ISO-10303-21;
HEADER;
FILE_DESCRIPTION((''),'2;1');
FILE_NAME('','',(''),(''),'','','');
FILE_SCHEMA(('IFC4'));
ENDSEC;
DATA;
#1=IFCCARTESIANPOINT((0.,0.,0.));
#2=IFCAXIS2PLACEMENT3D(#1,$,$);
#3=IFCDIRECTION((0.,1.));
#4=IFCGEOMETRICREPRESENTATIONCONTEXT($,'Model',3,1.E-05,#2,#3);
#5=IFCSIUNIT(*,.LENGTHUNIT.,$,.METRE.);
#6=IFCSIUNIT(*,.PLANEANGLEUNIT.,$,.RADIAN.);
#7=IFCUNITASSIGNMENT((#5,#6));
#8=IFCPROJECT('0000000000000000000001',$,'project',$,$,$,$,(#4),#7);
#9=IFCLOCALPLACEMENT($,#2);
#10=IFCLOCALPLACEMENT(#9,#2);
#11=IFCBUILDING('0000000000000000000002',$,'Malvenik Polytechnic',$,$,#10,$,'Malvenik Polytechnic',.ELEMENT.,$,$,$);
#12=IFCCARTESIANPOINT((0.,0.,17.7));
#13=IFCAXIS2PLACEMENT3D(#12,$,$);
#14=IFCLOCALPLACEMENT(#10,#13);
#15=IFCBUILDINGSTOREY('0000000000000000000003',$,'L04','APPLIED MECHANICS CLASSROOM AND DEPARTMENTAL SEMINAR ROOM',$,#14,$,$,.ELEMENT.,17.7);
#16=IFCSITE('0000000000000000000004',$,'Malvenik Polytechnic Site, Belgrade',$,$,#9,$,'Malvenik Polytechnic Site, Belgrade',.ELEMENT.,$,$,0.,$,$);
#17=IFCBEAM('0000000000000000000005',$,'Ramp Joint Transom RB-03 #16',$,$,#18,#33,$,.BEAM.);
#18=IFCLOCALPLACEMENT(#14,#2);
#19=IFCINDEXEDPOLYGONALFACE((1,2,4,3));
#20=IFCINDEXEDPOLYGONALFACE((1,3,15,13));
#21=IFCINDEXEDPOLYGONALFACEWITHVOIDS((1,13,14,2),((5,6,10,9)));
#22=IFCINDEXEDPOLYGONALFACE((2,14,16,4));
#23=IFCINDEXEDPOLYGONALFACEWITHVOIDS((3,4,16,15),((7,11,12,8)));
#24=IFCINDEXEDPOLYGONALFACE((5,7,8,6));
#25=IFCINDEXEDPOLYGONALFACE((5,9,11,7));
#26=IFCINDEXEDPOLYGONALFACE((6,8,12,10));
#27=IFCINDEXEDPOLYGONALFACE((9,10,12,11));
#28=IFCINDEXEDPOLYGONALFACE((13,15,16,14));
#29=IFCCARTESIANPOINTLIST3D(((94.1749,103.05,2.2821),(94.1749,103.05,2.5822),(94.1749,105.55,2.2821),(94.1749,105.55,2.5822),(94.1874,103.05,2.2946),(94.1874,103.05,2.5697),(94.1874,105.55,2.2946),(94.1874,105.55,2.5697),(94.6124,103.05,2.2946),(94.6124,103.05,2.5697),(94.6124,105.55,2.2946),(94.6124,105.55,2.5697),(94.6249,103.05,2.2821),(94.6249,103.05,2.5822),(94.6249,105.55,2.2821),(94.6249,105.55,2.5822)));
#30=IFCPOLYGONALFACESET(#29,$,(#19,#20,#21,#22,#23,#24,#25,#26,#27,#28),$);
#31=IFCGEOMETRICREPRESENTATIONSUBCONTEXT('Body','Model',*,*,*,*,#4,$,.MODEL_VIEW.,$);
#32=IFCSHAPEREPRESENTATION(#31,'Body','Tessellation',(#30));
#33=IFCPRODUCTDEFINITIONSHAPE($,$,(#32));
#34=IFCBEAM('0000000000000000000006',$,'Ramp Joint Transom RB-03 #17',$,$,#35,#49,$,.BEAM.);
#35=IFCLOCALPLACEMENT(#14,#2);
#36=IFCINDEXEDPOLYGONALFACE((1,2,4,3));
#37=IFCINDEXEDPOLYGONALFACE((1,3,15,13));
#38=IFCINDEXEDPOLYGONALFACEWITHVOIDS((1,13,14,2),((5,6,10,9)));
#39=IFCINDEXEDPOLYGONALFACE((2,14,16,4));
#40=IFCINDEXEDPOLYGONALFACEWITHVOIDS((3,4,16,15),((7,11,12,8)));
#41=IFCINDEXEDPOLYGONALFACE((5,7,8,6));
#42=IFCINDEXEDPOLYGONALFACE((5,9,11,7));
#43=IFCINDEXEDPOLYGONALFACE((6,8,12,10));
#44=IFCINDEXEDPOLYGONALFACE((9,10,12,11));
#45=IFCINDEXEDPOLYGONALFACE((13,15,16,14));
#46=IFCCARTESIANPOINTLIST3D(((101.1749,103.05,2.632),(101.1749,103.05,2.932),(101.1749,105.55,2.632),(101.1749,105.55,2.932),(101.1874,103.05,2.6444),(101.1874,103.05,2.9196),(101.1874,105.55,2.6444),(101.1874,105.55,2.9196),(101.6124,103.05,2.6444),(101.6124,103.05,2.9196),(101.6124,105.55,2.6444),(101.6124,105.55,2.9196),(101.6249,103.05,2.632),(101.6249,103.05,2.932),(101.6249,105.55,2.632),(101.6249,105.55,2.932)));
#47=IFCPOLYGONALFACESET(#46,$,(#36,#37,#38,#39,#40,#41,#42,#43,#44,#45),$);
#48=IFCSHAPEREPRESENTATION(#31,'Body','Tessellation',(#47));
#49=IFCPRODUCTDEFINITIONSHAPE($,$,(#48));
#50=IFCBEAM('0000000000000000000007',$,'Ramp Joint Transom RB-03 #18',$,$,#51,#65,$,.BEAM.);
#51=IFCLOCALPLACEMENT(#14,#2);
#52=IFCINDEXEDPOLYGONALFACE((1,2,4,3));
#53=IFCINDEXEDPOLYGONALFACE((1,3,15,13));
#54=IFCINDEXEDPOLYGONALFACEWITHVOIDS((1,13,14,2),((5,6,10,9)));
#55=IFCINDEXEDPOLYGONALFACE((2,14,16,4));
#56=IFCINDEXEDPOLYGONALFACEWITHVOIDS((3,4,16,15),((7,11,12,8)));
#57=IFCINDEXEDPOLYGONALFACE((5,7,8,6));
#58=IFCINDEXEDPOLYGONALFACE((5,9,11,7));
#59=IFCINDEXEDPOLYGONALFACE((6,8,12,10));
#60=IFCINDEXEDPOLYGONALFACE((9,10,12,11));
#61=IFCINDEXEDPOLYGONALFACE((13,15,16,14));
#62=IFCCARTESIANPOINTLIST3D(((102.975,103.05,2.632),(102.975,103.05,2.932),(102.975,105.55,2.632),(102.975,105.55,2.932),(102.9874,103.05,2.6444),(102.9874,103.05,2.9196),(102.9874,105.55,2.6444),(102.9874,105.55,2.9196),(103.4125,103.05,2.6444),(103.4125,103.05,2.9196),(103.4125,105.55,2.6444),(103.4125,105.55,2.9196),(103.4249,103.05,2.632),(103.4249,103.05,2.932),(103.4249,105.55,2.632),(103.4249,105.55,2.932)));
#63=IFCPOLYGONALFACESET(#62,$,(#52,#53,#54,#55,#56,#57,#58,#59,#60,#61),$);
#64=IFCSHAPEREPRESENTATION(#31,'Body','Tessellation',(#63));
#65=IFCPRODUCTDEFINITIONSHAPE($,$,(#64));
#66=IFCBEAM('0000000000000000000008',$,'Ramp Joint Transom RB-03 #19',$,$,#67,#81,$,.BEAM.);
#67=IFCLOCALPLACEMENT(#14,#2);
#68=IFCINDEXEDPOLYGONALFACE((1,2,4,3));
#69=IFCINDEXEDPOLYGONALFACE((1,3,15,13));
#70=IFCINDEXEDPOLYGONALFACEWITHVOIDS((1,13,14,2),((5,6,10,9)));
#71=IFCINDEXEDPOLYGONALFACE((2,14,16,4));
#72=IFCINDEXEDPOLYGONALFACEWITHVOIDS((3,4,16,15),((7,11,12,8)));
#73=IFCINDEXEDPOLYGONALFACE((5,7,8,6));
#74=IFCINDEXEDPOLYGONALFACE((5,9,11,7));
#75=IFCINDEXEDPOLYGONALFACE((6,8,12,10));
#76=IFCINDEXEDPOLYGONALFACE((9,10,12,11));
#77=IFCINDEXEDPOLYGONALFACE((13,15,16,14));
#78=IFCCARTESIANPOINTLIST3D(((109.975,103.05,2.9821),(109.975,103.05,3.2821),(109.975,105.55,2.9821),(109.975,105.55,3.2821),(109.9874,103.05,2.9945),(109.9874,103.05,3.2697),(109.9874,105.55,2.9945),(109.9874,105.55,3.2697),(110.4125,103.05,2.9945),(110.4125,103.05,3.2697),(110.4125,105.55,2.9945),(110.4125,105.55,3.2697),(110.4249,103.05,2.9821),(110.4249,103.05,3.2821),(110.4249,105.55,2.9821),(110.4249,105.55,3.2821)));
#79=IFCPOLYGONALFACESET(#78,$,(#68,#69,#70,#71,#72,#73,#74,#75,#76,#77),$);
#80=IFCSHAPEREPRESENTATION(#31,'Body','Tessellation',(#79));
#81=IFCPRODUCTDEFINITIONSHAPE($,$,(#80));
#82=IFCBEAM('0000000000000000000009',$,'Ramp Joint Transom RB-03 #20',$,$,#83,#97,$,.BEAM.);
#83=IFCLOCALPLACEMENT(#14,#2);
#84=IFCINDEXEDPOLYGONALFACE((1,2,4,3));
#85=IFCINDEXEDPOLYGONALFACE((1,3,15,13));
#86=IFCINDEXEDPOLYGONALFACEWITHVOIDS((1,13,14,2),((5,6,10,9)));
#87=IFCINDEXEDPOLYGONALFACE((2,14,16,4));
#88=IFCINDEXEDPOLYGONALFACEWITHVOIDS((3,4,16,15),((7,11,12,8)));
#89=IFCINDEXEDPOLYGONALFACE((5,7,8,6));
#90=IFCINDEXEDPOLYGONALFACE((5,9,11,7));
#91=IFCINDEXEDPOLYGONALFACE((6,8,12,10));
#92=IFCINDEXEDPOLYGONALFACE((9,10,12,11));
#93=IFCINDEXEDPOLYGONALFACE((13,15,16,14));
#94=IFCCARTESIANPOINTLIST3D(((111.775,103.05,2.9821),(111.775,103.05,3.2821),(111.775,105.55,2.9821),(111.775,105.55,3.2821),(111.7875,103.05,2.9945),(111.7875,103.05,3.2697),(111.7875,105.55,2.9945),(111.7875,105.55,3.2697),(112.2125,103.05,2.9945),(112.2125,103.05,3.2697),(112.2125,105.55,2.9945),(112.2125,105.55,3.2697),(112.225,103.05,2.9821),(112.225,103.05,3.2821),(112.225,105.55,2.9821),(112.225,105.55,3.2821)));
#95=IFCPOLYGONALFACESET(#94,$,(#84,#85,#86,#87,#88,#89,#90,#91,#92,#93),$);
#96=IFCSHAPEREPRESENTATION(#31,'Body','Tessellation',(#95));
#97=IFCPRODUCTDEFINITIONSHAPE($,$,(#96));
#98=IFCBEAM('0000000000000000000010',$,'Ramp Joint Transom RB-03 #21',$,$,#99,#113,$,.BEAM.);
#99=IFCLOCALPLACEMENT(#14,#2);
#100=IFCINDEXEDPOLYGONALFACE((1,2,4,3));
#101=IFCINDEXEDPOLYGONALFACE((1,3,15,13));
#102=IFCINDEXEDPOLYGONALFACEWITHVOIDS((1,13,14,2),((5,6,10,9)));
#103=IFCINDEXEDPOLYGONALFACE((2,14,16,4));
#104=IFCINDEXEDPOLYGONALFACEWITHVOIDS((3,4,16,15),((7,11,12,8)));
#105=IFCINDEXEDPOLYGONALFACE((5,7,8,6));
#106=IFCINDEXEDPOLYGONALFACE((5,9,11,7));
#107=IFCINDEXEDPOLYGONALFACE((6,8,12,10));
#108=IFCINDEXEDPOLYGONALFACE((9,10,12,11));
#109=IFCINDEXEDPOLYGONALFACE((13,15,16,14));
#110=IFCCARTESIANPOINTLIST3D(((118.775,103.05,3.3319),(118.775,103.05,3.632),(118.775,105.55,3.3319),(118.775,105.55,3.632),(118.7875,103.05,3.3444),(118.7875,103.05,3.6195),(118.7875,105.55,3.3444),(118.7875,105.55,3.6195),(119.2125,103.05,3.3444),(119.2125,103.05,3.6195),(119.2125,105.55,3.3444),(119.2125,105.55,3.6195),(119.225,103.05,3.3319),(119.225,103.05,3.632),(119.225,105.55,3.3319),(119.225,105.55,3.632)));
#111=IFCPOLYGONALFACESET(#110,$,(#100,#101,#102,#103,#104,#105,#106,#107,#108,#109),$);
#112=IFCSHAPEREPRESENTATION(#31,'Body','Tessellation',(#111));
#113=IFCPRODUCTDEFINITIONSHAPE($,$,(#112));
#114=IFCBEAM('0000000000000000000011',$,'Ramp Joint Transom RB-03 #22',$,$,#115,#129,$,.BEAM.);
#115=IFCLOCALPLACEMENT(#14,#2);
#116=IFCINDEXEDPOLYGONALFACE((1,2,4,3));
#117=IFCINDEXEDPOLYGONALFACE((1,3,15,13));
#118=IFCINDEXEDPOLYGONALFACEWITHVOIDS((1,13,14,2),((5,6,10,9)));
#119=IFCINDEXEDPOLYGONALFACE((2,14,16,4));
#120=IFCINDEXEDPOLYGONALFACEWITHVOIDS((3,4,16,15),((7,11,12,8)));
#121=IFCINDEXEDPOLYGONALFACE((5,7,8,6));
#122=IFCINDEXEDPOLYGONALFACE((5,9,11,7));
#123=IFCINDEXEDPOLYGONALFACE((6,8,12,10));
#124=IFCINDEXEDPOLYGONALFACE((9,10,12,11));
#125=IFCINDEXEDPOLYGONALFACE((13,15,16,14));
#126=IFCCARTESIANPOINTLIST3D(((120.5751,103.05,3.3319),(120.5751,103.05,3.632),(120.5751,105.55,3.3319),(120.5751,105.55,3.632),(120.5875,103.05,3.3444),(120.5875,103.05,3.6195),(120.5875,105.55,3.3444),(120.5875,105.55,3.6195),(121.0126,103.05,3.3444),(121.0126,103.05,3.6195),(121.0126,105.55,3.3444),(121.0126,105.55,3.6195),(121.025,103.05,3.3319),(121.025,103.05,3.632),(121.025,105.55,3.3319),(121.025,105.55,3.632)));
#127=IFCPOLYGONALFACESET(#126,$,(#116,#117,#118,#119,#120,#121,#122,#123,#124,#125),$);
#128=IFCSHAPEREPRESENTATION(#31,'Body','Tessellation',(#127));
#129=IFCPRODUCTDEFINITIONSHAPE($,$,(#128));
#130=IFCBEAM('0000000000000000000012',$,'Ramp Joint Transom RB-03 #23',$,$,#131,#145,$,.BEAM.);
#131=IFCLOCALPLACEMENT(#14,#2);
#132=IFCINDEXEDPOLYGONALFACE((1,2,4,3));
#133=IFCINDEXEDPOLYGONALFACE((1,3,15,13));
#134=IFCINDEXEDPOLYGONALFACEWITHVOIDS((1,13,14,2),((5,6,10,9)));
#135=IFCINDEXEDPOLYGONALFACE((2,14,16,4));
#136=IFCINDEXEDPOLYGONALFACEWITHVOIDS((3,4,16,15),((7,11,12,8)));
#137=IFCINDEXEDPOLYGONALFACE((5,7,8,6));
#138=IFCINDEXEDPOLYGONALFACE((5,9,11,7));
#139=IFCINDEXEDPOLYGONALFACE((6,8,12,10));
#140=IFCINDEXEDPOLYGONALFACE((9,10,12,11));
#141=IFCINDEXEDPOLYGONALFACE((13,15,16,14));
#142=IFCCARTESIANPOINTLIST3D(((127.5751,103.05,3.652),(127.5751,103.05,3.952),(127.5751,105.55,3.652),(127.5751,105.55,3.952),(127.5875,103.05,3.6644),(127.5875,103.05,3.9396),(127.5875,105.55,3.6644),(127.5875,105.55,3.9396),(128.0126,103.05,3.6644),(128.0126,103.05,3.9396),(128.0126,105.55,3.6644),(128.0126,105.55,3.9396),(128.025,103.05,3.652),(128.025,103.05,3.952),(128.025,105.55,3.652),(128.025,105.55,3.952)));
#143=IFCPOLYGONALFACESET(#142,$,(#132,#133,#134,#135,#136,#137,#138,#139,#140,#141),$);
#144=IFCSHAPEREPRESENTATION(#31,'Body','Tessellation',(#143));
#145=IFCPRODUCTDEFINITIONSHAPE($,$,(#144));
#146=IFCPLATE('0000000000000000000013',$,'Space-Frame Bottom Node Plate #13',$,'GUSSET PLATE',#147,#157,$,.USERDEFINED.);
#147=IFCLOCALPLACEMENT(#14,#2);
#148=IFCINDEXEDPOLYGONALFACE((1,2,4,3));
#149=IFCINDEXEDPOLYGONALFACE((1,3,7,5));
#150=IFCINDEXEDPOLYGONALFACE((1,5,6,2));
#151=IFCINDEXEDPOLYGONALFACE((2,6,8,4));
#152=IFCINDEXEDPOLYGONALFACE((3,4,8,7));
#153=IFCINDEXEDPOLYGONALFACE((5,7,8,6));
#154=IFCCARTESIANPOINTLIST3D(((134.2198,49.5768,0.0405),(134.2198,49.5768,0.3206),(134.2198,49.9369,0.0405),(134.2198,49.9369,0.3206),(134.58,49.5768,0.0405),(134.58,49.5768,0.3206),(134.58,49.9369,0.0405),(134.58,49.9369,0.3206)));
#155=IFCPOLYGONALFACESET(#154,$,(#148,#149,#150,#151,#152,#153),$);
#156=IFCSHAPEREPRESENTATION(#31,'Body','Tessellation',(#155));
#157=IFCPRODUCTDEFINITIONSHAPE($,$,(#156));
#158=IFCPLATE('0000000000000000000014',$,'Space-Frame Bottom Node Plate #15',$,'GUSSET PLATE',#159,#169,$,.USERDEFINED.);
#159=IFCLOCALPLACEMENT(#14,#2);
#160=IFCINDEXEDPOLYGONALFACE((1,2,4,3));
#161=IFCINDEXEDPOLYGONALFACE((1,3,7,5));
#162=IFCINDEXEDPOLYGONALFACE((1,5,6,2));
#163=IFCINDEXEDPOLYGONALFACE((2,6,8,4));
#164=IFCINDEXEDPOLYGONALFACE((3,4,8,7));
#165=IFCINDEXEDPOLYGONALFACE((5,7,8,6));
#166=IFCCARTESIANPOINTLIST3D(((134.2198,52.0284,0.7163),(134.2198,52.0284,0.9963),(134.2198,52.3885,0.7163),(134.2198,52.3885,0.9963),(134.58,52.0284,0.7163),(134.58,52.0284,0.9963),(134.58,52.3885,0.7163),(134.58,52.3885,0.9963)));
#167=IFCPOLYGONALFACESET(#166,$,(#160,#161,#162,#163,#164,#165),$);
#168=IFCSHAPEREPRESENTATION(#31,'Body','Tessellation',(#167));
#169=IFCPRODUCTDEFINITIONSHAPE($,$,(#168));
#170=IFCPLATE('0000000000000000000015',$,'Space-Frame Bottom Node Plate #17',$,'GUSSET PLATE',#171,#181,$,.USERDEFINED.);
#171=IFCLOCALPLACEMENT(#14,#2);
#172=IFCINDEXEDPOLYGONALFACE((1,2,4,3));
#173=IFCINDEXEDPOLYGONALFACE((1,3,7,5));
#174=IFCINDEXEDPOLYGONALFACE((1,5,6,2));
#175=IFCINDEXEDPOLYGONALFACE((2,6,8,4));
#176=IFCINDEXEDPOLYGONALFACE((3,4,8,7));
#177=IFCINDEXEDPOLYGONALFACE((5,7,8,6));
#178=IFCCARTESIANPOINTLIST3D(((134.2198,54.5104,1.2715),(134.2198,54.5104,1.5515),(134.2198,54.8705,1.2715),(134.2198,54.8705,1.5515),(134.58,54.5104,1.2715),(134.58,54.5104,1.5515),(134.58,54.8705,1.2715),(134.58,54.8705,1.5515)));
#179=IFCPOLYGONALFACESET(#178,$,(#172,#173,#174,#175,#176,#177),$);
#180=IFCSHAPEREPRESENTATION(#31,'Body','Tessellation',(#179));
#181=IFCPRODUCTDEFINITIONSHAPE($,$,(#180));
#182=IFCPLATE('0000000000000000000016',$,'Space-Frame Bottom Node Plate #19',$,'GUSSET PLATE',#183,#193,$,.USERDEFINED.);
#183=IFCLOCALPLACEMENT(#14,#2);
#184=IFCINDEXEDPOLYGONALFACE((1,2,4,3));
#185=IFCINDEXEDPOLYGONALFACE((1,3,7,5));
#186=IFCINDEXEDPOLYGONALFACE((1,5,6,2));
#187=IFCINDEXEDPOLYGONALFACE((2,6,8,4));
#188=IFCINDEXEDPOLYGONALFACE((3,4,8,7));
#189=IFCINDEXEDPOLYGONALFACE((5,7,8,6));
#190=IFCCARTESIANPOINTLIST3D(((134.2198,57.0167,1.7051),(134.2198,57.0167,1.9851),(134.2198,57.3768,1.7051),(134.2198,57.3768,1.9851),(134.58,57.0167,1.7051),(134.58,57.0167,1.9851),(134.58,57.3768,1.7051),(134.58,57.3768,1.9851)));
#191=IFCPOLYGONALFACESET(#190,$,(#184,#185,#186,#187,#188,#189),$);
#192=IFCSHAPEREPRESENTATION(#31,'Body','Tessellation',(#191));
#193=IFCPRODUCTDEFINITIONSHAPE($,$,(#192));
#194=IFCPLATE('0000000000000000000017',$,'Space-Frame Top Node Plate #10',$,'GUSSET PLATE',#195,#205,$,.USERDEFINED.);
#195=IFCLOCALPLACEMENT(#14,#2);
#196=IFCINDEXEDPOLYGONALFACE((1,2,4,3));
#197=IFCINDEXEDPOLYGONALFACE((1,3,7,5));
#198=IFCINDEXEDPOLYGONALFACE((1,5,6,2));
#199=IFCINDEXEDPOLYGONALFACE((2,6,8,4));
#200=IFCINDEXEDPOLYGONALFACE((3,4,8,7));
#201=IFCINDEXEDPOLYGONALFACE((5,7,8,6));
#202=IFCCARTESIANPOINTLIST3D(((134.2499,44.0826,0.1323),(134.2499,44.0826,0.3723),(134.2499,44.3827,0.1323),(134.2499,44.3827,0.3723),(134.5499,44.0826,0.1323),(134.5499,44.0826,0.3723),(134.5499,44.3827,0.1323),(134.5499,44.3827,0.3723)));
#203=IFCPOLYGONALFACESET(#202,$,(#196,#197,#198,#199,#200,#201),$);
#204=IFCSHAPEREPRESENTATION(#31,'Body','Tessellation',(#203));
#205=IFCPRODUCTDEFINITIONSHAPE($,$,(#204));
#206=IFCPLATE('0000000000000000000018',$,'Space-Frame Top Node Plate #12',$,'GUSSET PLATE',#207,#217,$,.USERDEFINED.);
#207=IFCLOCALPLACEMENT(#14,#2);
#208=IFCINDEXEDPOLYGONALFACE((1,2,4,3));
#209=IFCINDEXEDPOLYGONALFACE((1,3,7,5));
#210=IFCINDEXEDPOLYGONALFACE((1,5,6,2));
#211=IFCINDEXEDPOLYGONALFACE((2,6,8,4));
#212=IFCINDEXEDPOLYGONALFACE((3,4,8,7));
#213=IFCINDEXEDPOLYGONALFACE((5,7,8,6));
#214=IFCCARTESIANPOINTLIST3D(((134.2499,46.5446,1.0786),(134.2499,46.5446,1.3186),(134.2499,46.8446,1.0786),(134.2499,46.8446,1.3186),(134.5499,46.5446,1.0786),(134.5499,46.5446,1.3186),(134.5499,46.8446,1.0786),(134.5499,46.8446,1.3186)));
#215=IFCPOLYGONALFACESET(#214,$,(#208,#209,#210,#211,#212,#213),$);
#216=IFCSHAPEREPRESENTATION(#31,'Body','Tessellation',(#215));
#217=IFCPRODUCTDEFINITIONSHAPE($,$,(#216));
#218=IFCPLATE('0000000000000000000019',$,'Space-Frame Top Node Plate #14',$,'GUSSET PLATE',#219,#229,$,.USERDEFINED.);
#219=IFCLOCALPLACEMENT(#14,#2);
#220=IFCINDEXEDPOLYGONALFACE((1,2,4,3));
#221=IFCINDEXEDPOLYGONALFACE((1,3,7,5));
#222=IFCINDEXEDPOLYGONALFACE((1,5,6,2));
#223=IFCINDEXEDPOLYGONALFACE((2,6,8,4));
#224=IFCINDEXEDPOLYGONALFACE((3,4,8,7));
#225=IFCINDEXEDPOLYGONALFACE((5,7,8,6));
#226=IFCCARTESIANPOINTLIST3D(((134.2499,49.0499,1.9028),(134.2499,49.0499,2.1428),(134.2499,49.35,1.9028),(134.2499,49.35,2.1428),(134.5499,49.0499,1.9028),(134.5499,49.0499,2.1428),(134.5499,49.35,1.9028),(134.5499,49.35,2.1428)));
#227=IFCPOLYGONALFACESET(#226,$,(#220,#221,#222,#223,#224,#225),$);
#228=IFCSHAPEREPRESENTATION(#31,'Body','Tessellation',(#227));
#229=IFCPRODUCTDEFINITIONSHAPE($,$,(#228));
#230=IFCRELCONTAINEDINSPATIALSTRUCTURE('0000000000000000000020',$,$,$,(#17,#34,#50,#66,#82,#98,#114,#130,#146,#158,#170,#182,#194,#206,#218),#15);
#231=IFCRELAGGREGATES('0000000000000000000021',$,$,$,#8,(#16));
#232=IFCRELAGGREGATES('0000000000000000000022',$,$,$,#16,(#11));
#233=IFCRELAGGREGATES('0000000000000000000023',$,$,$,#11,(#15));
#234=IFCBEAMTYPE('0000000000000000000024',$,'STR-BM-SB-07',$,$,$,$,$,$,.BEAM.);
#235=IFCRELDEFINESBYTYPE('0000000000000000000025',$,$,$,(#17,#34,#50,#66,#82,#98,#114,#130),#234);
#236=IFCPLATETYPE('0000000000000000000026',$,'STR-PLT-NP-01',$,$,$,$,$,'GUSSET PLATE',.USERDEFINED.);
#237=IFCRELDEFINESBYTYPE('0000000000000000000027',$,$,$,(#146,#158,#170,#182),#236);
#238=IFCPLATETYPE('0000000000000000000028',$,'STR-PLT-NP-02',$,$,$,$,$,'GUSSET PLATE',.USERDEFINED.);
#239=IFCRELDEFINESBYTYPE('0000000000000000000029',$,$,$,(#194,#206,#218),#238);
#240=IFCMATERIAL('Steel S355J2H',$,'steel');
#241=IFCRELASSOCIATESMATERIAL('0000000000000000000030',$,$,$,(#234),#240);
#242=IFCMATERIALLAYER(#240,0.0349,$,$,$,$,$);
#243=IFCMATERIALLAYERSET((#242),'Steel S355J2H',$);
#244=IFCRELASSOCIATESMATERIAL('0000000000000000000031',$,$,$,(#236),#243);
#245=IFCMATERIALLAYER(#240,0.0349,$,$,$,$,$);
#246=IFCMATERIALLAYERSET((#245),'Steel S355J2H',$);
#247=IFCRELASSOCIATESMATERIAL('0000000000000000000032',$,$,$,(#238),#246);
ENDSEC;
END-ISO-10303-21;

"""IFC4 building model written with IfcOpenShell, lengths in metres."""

from ifc_helpers import new_model, si_unit, direction, frame, origin, origin_2d, place, context, subcontext, project, spatial, rectangle, hollow_rectangle, extrude, material, layer, layer_set, material_profile, profile_set, type_object, element, save


model = new_model("IFC4")

# Units and contexts
model_context = context("Model", 3, precision=1e-05, world=origin(), true_north=direction((0.0, 1.0)))
body_context = subcontext(model_context, "Body", "Model", "MODEL_VIEW")
ifc_project = project(units=[si_unit("LENGTHUNIT", "METRE"), si_unit("PLANEANGLEUNIT", "RADIAN")], contexts=[model_context])

# Site, building, storey
site_placement = place(None, origin())
site = spatial("IfcSite", under=ifc_project, at=site_placement, Name="Malvenik Polytechnic Site, Belgrade", LongName="Malvenik Polytechnic Site, Belgrade", CompositionType="ELEMENT", RefElevation=0.0)
building_placement = place(site_placement, origin())
building = spatial("IfcBuilding", under=site, at=building_placement, Name="Malvenik Polytechnic", LongName="Malvenik Polytechnic", CompositionType="ELEMENT")
storey_placement = place(building_placement, frame((0.0, 0.0, 17.7)))
storey = spatial("IfcBuildingStorey", under=building, at=storey_placement, Name="L04", Description="APPLIED MECHANICS CLASSROOM AND DEPARTMENTAL SEMINAR ROOM", CompositionType="ELEMENT", Elevation=17.7)

# Beams
ifc_material_1 = material(Name="Steel S355J2H", Category="steel")
ifc_material_profile = material_profile(ifc_material_1, hollow_rectangle(XDim=0.45, YDim=0.3, WallThickness=0.0125, at=origin_2d()), Name="RHS 450x300x12.5")
ifc_profile_set = profile_set([ifc_material_profile], Name="Steel S355J2H")
beam_type = type_object("IfcBeamType", Name="STR-BM-SB-07", PredefinedType="BEAM", material=ifc_profile_set)
for number, where, z_axis, x_axis, name in (
    (1, (94.3999, 103.05, 2.4321), (0.0, 1.0, 0.0), (-1.0, 0.0, 0.0), "Ramp Joint Transom RB-03 #16"),
    (2, (101.3999, 103.05, 2.782), (0.0, 1.0, 0.0), (-1.0, 0.0, 0.0), "Ramp Joint Transom RB-03 #17"),
    (3, (103.2, 103.05, 2.782), (0.0, 1.0, 0.0), (-1.0, 0.0, 0.0), "Ramp Joint Transom RB-03 #18"),
    (4, (110.2, 103.05, 3.1321), (0.0, 1.0, 0.0), (-1.0, 0.0, 0.0), "Ramp Joint Transom RB-03 #19"),
    (5, (112.0, 103.05, 3.1321), (0.0, 1.0, 0.0), (-1.0, 0.0, 0.0), "Ramp Joint Transom RB-03 #20"),
    (6, (119.0, 103.05, 3.4819), (0.0, 1.0, 0.0), (-1.0, 0.0, 0.0), "Ramp Joint Transom RB-03 #21"),
    (7, (120.8, 103.05, 3.4819), (0.0, 1.0, 0.0), (-1.0, 0.0, 0.0), "Ramp Joint Transom RB-03 #22"),
    (8, (127.8, 103.05, 3.802), (0.0, 1.0, 0.0), (-1.0, 0.0, 0.0), "Ramp Joint Transom RB-03 #23"),
):
    element("IfcBeam", number, at=place(storey_placement, frame(where, z_axis=z_axis, x_axis=x_axis)), inside=storey, type_object=beam_type, Name=name, PredefinedType="BEAM", context=body_context, shape_type="SweptSolid", body=[
        extrude(hollow_rectangle(XDim=0.45, YDim=0.3, WallThickness=0.0125, at=origin_2d()), origin(), (0.0, 0.0, 1.0), 2.5),
    ])

# Plates
ifc_layer_1 = layer(ifc_material_1, 0.0349)
ifc_layer_set_1 = layer_set([ifc_layer_1], Name="Steel S355J2H")
plate_type_1 = type_object("IfcPlateType", Name="STR-PLT-NP-01", ElementType="GUSSET PLATE", PredefinedType="USERDEFINED", material=ifc_layer_set_1)
for number, where, z_axis, x_axis, name in (
    (9, (134.3999, 49.7568, 0.0405), (0.0, 0.0, 1.0), (1.0, 0.0, 0.0), "Space-Frame Bottom Node Plate #13"),
    (10, (134.3999, 52.2085, 0.7163), (0.0, 0.0, 1.0), (1.0, 0.0, 0.0), "Space-Frame Bottom Node Plate #15"),
    (11, (134.3999, 54.6904, 1.2715), (0.0, 0.0, 1.0), (1.0, 0.0, 0.0), "Space-Frame Bottom Node Plate #17"),
    (12, (134.3999, 57.1968, 1.7051), (0.0, 0.0, 1.0), (1.0, 0.0, 0.0), "Space-Frame Bottom Node Plate #19"),
):
    element("IfcPlate", number, at=place(storey_placement, frame(where, z_axis=z_axis, x_axis=x_axis)), inside=storey, type_object=plate_type_1, Name=name, ObjectType="GUSSET PLATE", PredefinedType="USERDEFINED", context=body_context, shape_type="SweptSolid", body=[
        extrude(rectangle(XDim=0.3601, YDim=0.3601, at=origin_2d()), origin(), (0.0, 0.0, 1.0), 0.28),
    ])
ifc_layer_2 = layer(ifc_material_1, 0.0349)
ifc_layer_set_2 = layer_set([ifc_layer_2], Name="Steel S355J2H")
plate_type_2 = type_object("IfcPlateType", Name="STR-PLT-NP-02", ElementType="GUSSET PLATE", PredefinedType="USERDEFINED", material=ifc_layer_set_2)
for number, where, z_axis, x_axis, name in (
    (13, (134.3999, 44.2327, 0.1323), (0.0, 0.0, 1.0), (1.0, 0.0, 0.0), "Space-Frame Top Node Plate #10"),
    (14, (134.3999, 46.6946, 1.0786), (0.0, 0.0, 1.0), (1.0, 0.0, 0.0), "Space-Frame Top Node Plate #12"),
    (15, (134.3999, 49.2, 1.9028), (0.0, 0.0, 1.0), (1.0, 0.0, 0.0), "Space-Frame Top Node Plate #14"),
):
    element("IfcPlate", number, at=place(storey_placement, frame(where, z_axis=z_axis, x_axis=x_axis)), inside=storey, type_object=plate_type_2, Name=name, ObjectType="GUSSET PLATE", PredefinedType="USERDEFINED", context=body_context, shape_type="SweptSolid", body=[
        extrude(rectangle(XDim=0.3, YDim=0.3, at=origin_2d()), origin(), (0.0, 0.0, 1.0), 0.24),
    ])

save(model, "model.ifc")
